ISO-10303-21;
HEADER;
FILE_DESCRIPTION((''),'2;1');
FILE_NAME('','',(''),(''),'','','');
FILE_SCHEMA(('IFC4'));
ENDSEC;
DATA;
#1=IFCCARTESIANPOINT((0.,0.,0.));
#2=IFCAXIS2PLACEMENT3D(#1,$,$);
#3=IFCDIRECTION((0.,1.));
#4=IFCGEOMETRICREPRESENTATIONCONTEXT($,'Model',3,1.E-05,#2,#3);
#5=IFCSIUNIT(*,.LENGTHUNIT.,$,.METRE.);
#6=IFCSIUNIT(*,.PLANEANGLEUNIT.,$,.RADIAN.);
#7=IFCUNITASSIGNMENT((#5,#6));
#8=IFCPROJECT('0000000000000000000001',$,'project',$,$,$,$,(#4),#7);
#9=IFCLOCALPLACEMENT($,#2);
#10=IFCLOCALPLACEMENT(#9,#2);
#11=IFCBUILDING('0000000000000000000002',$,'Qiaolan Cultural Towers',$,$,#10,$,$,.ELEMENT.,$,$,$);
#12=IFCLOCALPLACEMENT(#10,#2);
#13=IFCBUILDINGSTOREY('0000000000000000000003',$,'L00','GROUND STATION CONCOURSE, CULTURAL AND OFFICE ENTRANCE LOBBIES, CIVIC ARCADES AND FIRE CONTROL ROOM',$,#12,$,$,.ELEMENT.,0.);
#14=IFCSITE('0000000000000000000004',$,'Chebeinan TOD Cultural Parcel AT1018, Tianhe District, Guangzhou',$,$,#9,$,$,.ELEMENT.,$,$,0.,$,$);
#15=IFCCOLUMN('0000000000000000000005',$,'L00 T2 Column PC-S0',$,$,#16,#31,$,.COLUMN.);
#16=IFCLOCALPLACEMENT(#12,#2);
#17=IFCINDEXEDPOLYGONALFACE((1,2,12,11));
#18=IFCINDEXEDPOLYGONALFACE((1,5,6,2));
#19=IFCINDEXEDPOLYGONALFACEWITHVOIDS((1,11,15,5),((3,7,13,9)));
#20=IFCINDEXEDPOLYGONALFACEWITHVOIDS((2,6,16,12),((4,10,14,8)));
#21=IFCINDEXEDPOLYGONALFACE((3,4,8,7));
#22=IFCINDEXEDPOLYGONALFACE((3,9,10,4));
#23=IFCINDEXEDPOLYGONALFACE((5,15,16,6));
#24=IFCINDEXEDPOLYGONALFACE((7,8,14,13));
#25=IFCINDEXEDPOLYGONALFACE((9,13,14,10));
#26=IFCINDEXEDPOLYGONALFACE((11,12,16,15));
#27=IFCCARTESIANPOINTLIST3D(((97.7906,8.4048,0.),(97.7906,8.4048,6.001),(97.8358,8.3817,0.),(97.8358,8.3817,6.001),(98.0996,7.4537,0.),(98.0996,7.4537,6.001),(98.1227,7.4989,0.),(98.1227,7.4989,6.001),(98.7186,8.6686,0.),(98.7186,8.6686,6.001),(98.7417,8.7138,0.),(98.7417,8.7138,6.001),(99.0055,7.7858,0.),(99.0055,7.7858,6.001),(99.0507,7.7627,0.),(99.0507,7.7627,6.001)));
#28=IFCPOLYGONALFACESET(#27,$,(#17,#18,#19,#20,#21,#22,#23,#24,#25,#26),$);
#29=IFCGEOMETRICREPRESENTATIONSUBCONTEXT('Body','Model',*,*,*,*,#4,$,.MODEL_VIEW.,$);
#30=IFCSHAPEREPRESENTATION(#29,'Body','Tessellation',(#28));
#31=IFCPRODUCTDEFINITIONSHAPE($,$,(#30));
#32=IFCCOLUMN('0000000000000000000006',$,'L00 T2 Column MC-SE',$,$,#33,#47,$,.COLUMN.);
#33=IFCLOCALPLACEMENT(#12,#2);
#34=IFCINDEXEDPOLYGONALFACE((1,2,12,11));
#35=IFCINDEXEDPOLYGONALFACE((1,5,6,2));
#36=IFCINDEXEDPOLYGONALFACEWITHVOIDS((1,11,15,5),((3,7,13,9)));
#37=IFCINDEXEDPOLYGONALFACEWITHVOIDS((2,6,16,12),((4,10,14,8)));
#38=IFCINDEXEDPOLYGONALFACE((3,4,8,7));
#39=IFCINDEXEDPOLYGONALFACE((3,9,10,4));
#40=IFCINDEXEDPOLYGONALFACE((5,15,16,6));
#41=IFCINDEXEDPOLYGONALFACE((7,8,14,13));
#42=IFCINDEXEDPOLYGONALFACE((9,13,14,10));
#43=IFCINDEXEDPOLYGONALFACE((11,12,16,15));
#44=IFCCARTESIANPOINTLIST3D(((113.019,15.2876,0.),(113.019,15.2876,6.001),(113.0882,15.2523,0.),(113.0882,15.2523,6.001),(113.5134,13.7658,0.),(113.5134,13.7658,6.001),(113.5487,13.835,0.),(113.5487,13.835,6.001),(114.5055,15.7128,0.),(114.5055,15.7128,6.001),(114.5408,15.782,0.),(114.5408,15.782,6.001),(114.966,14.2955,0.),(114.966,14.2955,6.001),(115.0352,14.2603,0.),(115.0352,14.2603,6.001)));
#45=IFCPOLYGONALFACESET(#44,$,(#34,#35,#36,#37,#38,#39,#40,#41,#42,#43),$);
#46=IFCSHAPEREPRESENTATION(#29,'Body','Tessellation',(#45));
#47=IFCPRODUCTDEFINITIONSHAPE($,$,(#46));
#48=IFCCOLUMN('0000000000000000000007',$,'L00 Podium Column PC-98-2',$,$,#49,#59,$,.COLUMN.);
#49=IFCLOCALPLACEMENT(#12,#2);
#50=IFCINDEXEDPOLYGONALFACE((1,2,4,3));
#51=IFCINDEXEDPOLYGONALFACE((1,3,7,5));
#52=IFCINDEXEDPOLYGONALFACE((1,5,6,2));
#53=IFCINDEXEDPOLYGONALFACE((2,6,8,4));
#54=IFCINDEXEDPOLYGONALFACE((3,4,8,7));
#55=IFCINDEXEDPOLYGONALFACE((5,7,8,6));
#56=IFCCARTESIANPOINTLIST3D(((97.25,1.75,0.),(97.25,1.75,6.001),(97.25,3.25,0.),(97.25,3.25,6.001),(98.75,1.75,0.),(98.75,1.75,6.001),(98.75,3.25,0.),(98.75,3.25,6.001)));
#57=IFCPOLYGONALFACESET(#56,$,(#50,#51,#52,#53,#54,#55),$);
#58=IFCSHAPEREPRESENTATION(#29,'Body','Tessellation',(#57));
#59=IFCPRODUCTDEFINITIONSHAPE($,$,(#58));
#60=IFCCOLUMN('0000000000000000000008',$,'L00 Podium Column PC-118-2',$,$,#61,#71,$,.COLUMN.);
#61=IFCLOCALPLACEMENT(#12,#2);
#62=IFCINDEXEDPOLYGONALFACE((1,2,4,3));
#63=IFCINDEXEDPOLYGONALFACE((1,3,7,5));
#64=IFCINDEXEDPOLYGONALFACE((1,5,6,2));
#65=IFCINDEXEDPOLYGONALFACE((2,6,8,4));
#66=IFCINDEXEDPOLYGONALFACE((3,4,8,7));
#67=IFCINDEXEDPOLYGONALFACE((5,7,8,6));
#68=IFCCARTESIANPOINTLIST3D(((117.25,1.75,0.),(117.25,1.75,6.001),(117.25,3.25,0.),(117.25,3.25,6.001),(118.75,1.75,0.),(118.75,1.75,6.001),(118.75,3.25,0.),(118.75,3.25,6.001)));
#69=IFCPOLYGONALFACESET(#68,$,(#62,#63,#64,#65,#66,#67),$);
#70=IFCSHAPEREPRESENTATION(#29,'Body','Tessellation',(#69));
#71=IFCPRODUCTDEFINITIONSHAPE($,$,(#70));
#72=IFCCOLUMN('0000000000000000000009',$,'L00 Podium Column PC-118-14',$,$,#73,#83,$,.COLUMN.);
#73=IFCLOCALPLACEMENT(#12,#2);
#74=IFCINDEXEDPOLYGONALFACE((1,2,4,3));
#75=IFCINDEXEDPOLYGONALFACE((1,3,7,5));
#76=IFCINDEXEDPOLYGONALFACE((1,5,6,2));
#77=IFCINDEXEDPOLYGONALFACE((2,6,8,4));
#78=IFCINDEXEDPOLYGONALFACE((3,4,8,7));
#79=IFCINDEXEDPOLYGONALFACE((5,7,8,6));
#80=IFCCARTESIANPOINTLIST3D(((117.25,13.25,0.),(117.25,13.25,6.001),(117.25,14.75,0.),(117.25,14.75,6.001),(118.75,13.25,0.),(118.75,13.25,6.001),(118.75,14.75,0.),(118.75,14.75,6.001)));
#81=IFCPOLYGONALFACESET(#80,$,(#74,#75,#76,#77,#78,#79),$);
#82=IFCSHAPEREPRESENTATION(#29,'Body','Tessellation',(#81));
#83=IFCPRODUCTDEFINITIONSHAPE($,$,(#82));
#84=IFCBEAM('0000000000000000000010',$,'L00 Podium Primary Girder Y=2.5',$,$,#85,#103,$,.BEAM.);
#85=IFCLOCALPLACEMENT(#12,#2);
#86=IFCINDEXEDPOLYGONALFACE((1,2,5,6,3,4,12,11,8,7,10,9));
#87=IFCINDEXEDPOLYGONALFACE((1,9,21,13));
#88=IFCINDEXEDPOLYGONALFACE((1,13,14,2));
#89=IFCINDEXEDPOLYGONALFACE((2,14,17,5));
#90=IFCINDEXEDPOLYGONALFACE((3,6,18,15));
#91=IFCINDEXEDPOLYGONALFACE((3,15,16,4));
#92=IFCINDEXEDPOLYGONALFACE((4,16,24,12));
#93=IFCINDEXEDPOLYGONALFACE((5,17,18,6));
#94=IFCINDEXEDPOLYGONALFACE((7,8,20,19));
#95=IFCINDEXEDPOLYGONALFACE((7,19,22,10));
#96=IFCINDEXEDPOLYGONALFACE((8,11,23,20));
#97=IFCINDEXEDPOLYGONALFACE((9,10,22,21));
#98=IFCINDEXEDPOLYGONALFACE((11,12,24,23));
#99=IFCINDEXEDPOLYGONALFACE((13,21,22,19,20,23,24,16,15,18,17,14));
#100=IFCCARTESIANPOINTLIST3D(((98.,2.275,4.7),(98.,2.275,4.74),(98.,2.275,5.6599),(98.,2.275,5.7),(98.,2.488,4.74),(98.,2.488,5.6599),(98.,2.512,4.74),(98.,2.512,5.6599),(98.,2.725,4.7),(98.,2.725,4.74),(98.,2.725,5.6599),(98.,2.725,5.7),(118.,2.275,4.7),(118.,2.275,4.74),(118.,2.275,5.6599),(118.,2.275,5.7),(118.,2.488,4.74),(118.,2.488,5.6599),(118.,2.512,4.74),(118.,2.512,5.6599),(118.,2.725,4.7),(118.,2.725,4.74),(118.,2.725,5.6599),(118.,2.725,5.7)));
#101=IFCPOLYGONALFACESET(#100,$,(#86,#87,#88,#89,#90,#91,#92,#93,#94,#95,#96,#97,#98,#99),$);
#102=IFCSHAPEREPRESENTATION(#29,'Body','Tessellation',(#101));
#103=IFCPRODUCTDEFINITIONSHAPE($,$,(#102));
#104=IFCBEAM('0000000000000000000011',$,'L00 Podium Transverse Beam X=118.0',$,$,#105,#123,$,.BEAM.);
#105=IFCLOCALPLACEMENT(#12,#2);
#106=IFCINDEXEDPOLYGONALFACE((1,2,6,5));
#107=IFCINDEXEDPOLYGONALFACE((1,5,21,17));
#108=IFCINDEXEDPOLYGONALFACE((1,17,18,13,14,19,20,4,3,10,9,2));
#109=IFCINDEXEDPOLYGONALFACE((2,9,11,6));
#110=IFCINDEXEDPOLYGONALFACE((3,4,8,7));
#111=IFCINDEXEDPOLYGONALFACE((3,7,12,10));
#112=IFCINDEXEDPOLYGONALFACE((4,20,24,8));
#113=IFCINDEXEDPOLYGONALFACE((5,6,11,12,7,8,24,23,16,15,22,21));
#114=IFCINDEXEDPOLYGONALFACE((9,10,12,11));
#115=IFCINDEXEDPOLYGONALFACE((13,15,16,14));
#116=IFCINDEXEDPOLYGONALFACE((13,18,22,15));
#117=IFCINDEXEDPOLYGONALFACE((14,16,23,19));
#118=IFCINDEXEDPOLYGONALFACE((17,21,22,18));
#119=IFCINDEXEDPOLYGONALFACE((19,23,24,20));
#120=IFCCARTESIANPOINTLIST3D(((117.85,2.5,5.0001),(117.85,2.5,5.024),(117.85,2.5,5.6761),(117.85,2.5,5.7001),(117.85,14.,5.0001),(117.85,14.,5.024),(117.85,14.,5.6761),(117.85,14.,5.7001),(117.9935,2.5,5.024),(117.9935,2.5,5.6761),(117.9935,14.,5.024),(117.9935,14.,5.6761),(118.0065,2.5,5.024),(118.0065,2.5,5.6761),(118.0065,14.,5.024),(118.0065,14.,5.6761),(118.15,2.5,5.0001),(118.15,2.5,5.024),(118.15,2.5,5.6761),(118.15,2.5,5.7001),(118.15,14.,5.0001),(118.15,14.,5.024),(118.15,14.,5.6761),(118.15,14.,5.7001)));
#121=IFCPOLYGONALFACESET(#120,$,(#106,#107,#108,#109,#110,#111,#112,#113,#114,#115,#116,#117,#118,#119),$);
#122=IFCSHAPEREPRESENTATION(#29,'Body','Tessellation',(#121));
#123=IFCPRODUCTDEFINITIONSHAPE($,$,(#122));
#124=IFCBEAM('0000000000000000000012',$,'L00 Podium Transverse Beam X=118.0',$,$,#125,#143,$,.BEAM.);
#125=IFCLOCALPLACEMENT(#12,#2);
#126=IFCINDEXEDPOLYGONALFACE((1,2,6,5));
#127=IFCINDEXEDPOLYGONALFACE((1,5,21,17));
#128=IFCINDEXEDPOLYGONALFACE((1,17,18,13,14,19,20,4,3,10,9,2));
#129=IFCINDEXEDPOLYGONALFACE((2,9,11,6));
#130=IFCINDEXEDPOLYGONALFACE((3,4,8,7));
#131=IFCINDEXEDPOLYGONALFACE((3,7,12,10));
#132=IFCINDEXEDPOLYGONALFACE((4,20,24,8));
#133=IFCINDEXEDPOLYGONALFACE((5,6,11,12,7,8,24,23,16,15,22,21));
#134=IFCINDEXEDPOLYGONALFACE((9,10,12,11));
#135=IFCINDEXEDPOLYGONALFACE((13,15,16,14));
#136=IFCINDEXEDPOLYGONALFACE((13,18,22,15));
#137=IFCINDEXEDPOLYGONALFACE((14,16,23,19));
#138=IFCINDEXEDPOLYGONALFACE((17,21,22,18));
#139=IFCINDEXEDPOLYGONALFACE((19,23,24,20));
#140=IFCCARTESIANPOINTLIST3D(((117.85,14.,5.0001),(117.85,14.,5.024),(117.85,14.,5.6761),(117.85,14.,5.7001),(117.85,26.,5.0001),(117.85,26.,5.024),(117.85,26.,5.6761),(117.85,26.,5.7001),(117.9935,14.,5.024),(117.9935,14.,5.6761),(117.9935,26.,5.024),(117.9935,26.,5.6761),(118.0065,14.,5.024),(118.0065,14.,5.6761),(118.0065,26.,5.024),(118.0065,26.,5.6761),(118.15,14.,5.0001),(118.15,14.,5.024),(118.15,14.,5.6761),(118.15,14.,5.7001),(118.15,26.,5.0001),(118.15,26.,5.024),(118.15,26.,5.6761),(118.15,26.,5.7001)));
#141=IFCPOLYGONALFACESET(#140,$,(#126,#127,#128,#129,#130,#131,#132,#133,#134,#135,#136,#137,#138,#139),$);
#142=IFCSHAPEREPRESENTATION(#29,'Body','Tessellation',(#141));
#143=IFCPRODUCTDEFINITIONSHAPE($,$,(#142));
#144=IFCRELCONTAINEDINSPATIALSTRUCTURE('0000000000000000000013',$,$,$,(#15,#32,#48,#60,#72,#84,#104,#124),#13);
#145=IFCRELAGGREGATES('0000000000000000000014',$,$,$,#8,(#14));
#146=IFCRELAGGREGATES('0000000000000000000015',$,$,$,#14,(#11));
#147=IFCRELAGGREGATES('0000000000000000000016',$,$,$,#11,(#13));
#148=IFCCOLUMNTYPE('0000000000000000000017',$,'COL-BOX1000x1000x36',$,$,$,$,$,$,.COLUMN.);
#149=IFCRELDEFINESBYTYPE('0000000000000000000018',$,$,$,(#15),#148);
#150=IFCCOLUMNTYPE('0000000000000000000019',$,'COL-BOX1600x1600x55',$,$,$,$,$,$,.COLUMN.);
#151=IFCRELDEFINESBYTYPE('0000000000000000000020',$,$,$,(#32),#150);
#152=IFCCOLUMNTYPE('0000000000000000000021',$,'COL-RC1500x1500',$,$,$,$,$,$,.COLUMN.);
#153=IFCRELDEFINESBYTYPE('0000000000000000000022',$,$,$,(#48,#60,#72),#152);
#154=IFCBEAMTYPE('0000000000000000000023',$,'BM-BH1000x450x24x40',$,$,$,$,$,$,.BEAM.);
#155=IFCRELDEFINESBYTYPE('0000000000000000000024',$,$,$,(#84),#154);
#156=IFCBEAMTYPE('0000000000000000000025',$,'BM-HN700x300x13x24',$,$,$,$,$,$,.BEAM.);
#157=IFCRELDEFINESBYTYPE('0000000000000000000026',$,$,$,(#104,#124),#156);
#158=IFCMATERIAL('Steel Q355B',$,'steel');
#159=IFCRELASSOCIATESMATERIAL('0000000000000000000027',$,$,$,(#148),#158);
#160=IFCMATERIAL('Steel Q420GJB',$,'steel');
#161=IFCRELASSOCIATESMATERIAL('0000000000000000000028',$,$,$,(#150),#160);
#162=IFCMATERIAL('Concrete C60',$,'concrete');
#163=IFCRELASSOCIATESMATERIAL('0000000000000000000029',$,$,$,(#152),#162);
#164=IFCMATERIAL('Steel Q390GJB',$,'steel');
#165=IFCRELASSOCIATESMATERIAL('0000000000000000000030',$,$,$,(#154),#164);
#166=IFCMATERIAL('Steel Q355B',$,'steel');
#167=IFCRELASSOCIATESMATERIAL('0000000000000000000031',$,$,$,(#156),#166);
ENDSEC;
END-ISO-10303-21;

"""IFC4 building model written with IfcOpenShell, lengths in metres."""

from ifc_helpers import new_model, si_unit, direction, frame, origin, origin_2d, place, context, subcontext, project, spatial, rectangle, hollow_rectangle, i_section, extrude, material, material_profile, profile_set, type_object, element, save


model = new_model("IFC4")

# Units and contexts
model_context = context("Model", 3, precision=1e-05, world=origin(), true_north=direction((0.0, 1.0)))
body_context = subcontext(model_context, "Body", "Model", "MODEL_VIEW")
ifc_project = project(units=[si_unit("LENGTHUNIT", "METRE"), si_unit("PLANEANGLEUNIT", "RADIAN")], contexts=[model_context])

# Site, building, storey
site_placement = place(None, origin())
site = spatial("IfcSite", under=ifc_project, at=site_placement, Name="Chebeinan TOD Cultural Parcel AT1018, Tianhe District, Guangzhou", CompositionType="ELEMENT", RefElevation=0.0)
building_placement = place(site_placement, origin())
building = spatial("IfcBuilding", under=site, at=building_placement, Name="Qiaolan Cultural Towers", CompositionType="ELEMENT")
storey_placement = place(building_placement, origin())
storey = spatial("IfcBuildingStorey", under=building, at=storey_placement, Name="L00", Description="GROUND STATION CONCOURSE, CULTURAL AND OFFICE ENTRANCE LOBBIES, CIVIC ARCADES AND FIRE CONTROL ROOM", CompositionType="ELEMENT", Elevation=0.0)

# Columns
ifc_material_1 = material(Name="Steel Q355B", Category="steel")
ifc_material_profile_1 = material_profile(ifc_material_1, hollow_rectangle(XDim=1.0, YDim=1.0, WallThickness=0.0359, at=origin_2d()), Name="BOX1000x1000x36")
ifc_profile_set_1 = profile_set([ifc_material_profile_1], Name="Steel Q355B")
column_type_1 = type_object("IfcColumnType", Name="COL-BOX1000x1000x36", PredefinedType="COLUMN", material=ifc_profile_set_1)
column_1_placement = place(storey_placement, frame((98.4207, 8.0837, 0.0), z_axis=(0.0, 0.0, 1.0), x_axis=(0.951057, 0.309017, 0.0)))
element("IfcColumn", 1, at=column_1_placement, inside=storey, type_object=column_type_1, Name="L00 T2 Column PC-S0", PredefinedType="COLUMN", context=body_context, shape_type="SweptSolid", body=[
    extrude(hollow_rectangle(XDim=1.0, YDim=1.0, WallThickness=0.0359, at=origin_2d()), origin(), (0.0, 0.0, 1.0), 6.001),
])
ifc_material_2 = material(Name="Steel Q420GJB", Category="steel")
ifc_material_profile_2 = material_profile(ifc_material_2, hollow_rectangle(XDim=1.6001, YDim=1.6001, WallThickness=0.0549, at=origin_2d()), Name="BOX1600x1600x55")
ifc_profile_set_2 = profile_set([ifc_material_profile_2], Name="Steel Q420GJB")
column_type_2 = type_object("IfcColumnType", Name="COL-BOX1600x1600x55", PredefinedType="COLUMN", material=ifc_profile_set_2)
column_2_placement = place(storey_placement, frame((114.0271, 14.7739, 0.0), z_axis=(0.0, 0.0, 1.0), x_axis=(0.951057, 0.309017, 0.0)))
element("IfcColumn", 2, at=column_2_placement, inside=storey, type_object=column_type_2, Name="L00 T2 Column MC-SE", PredefinedType="COLUMN", context=body_context, shape_type="SweptSolid", body=[
    extrude(hollow_rectangle(XDim=1.6001, YDim=1.6001, WallThickness=0.0549, at=origin_2d()), origin(), (0.0, 0.0, 1.0), 6.001),
])
ifc_material_3 = material(Name="Concrete C60", Category="concrete")
ifc_material_profile_3 = material_profile(ifc_material_3, rectangle(XDim=1.5, YDim=1.5, at=origin_2d()), Name="RC1500x1500")
ifc_profile_set_3 = profile_set([ifc_material_profile_3], Name="Concrete C60")
column_type_3 = type_object("IfcColumnType", Name="COL-RC1500x1500", PredefinedType="COLUMN", material=ifc_profile_set_3)
for number, where, z_axis, x_axis, name in (
    (3, (98.0, 2.5, 0.0), (0.0, 0.0, 1.0), (1.0, 0.0, 0.0), "L00 Podium Column PC-98-2"),
    (4, (118.0, 2.5, 0.0), (0.0, 0.0, 1.0), (1.0, 0.0, 0.0), "L00 Podium Column PC-118-2"),
    (5, (118.0, 14.0, 0.0), (0.0, 0.0, 1.0), (1.0, 0.0, 0.0), "L00 Podium Column PC-118-14"),
):
    element("IfcColumn", number, at=place(storey_placement, frame(where, z_axis=z_axis, x_axis=x_axis)), inside=storey, type_object=column_type_3, Name=name, PredefinedType="COLUMN", context=body_context, shape_type="SweptSolid", body=[
        extrude(rectangle(XDim=1.5, YDim=1.5, at=origin_2d()), origin(), (0.0, 0.0, 1.0), 6.001),
    ])

# Beams
ifc_material_4 = material(Name="Steel Q390GJB", Category="steel")
ifc_material_profile_4 = material_profile(ifc_material_4, i_section(OverallWidth=0.45, OverallDepth=1.0, WebThickness=0.0239, FlangeThickness=0.04, at=origin_2d()), Name="BH1000x450x24x40")
ifc_profile_set_4 = profile_set([ifc_material_profile_4], Name="Steel Q390GJB")
beam_type_1 = type_object("IfcBeamType", Name="BM-BH1000x450x24x40", PredefinedType="BEAM", material=ifc_profile_set_4)
beam_1_placement = place(storey_placement, frame((98.0, 2.5, 5.2), z_axis=(1.0, 0.0, 0.0), x_axis=(0.0, 1.0, 0.0)))
element("IfcBeam", 6, at=beam_1_placement, inside=storey, type_object=beam_type_1, Name="L00 Podium Primary Girder Y=2.5", PredefinedType="BEAM", context=body_context, shape_type="SweptSolid", body=[
    extrude(i_section(OverallWidth=0.45, OverallDepth=1.0, WebThickness=0.0239, FlangeThickness=0.04, at=origin_2d()), origin(), (0.0, 0.0, 1.0), 20.0),
])
ifc_material_5 = material(Name="Steel Q355B", Category="steel")
ifc_material_profile_5 = material_profile(ifc_material_5, i_section(OverallWidth=0.3, OverallDepth=0.7, WebThickness=0.0129, FlangeThickness=0.0239, at=origin_2d()), Name="HN700x300x13x24")
ifc_profile_set_5 = profile_set([ifc_material_profile_5], Name="Steel Q355B")
beam_type_2 = type_object("IfcBeamType", Name="BM-HN700x300x13x24", PredefinedType="BEAM", material=ifc_profile_set_5)
beam_2_placement = place(storey_placement, frame((118.0, 2.5, 5.3501), z_axis=(0.0, 1.0, 0.0), x_axis=(-1.0, 0.0, 0.0)))
element("IfcBeam", 7, at=beam_2_placement, inside=storey, type_object=beam_type_2, Name="L00 Podium Transverse Beam X=118.0", PredefinedType="BEAM", context=body_context, shape_type="SweptSolid", body=[
    extrude(i_section(OverallWidth=0.3, OverallDepth=0.7, WebThickness=0.0129, FlangeThickness=0.0239, at=origin_2d()), origin(), (0.0, 0.0, 1.0), 11.5),
])
beam_3_placement = place(storey_placement, frame((118.0, 14.0, 5.3501), z_axis=(0.0, 1.0, 0.0), x_axis=(-1.0, 0.0, 0.0)))
element("IfcBeam", 8, at=beam_3_placement, inside=storey, type_object=beam_type_2, Name="L00 Podium Transverse Beam X=118.0", PredefinedType="BEAM", context=body_context, shape_type="SweptSolid", body=[
    extrude(i_section(OverallWidth=0.3, OverallDepth=0.7, WebThickness=0.0129, FlangeThickness=0.0239, at=origin_2d()), origin(), (0.0, 0.0, 1.0), 12.0),
])

save(model, "model.ifc")
